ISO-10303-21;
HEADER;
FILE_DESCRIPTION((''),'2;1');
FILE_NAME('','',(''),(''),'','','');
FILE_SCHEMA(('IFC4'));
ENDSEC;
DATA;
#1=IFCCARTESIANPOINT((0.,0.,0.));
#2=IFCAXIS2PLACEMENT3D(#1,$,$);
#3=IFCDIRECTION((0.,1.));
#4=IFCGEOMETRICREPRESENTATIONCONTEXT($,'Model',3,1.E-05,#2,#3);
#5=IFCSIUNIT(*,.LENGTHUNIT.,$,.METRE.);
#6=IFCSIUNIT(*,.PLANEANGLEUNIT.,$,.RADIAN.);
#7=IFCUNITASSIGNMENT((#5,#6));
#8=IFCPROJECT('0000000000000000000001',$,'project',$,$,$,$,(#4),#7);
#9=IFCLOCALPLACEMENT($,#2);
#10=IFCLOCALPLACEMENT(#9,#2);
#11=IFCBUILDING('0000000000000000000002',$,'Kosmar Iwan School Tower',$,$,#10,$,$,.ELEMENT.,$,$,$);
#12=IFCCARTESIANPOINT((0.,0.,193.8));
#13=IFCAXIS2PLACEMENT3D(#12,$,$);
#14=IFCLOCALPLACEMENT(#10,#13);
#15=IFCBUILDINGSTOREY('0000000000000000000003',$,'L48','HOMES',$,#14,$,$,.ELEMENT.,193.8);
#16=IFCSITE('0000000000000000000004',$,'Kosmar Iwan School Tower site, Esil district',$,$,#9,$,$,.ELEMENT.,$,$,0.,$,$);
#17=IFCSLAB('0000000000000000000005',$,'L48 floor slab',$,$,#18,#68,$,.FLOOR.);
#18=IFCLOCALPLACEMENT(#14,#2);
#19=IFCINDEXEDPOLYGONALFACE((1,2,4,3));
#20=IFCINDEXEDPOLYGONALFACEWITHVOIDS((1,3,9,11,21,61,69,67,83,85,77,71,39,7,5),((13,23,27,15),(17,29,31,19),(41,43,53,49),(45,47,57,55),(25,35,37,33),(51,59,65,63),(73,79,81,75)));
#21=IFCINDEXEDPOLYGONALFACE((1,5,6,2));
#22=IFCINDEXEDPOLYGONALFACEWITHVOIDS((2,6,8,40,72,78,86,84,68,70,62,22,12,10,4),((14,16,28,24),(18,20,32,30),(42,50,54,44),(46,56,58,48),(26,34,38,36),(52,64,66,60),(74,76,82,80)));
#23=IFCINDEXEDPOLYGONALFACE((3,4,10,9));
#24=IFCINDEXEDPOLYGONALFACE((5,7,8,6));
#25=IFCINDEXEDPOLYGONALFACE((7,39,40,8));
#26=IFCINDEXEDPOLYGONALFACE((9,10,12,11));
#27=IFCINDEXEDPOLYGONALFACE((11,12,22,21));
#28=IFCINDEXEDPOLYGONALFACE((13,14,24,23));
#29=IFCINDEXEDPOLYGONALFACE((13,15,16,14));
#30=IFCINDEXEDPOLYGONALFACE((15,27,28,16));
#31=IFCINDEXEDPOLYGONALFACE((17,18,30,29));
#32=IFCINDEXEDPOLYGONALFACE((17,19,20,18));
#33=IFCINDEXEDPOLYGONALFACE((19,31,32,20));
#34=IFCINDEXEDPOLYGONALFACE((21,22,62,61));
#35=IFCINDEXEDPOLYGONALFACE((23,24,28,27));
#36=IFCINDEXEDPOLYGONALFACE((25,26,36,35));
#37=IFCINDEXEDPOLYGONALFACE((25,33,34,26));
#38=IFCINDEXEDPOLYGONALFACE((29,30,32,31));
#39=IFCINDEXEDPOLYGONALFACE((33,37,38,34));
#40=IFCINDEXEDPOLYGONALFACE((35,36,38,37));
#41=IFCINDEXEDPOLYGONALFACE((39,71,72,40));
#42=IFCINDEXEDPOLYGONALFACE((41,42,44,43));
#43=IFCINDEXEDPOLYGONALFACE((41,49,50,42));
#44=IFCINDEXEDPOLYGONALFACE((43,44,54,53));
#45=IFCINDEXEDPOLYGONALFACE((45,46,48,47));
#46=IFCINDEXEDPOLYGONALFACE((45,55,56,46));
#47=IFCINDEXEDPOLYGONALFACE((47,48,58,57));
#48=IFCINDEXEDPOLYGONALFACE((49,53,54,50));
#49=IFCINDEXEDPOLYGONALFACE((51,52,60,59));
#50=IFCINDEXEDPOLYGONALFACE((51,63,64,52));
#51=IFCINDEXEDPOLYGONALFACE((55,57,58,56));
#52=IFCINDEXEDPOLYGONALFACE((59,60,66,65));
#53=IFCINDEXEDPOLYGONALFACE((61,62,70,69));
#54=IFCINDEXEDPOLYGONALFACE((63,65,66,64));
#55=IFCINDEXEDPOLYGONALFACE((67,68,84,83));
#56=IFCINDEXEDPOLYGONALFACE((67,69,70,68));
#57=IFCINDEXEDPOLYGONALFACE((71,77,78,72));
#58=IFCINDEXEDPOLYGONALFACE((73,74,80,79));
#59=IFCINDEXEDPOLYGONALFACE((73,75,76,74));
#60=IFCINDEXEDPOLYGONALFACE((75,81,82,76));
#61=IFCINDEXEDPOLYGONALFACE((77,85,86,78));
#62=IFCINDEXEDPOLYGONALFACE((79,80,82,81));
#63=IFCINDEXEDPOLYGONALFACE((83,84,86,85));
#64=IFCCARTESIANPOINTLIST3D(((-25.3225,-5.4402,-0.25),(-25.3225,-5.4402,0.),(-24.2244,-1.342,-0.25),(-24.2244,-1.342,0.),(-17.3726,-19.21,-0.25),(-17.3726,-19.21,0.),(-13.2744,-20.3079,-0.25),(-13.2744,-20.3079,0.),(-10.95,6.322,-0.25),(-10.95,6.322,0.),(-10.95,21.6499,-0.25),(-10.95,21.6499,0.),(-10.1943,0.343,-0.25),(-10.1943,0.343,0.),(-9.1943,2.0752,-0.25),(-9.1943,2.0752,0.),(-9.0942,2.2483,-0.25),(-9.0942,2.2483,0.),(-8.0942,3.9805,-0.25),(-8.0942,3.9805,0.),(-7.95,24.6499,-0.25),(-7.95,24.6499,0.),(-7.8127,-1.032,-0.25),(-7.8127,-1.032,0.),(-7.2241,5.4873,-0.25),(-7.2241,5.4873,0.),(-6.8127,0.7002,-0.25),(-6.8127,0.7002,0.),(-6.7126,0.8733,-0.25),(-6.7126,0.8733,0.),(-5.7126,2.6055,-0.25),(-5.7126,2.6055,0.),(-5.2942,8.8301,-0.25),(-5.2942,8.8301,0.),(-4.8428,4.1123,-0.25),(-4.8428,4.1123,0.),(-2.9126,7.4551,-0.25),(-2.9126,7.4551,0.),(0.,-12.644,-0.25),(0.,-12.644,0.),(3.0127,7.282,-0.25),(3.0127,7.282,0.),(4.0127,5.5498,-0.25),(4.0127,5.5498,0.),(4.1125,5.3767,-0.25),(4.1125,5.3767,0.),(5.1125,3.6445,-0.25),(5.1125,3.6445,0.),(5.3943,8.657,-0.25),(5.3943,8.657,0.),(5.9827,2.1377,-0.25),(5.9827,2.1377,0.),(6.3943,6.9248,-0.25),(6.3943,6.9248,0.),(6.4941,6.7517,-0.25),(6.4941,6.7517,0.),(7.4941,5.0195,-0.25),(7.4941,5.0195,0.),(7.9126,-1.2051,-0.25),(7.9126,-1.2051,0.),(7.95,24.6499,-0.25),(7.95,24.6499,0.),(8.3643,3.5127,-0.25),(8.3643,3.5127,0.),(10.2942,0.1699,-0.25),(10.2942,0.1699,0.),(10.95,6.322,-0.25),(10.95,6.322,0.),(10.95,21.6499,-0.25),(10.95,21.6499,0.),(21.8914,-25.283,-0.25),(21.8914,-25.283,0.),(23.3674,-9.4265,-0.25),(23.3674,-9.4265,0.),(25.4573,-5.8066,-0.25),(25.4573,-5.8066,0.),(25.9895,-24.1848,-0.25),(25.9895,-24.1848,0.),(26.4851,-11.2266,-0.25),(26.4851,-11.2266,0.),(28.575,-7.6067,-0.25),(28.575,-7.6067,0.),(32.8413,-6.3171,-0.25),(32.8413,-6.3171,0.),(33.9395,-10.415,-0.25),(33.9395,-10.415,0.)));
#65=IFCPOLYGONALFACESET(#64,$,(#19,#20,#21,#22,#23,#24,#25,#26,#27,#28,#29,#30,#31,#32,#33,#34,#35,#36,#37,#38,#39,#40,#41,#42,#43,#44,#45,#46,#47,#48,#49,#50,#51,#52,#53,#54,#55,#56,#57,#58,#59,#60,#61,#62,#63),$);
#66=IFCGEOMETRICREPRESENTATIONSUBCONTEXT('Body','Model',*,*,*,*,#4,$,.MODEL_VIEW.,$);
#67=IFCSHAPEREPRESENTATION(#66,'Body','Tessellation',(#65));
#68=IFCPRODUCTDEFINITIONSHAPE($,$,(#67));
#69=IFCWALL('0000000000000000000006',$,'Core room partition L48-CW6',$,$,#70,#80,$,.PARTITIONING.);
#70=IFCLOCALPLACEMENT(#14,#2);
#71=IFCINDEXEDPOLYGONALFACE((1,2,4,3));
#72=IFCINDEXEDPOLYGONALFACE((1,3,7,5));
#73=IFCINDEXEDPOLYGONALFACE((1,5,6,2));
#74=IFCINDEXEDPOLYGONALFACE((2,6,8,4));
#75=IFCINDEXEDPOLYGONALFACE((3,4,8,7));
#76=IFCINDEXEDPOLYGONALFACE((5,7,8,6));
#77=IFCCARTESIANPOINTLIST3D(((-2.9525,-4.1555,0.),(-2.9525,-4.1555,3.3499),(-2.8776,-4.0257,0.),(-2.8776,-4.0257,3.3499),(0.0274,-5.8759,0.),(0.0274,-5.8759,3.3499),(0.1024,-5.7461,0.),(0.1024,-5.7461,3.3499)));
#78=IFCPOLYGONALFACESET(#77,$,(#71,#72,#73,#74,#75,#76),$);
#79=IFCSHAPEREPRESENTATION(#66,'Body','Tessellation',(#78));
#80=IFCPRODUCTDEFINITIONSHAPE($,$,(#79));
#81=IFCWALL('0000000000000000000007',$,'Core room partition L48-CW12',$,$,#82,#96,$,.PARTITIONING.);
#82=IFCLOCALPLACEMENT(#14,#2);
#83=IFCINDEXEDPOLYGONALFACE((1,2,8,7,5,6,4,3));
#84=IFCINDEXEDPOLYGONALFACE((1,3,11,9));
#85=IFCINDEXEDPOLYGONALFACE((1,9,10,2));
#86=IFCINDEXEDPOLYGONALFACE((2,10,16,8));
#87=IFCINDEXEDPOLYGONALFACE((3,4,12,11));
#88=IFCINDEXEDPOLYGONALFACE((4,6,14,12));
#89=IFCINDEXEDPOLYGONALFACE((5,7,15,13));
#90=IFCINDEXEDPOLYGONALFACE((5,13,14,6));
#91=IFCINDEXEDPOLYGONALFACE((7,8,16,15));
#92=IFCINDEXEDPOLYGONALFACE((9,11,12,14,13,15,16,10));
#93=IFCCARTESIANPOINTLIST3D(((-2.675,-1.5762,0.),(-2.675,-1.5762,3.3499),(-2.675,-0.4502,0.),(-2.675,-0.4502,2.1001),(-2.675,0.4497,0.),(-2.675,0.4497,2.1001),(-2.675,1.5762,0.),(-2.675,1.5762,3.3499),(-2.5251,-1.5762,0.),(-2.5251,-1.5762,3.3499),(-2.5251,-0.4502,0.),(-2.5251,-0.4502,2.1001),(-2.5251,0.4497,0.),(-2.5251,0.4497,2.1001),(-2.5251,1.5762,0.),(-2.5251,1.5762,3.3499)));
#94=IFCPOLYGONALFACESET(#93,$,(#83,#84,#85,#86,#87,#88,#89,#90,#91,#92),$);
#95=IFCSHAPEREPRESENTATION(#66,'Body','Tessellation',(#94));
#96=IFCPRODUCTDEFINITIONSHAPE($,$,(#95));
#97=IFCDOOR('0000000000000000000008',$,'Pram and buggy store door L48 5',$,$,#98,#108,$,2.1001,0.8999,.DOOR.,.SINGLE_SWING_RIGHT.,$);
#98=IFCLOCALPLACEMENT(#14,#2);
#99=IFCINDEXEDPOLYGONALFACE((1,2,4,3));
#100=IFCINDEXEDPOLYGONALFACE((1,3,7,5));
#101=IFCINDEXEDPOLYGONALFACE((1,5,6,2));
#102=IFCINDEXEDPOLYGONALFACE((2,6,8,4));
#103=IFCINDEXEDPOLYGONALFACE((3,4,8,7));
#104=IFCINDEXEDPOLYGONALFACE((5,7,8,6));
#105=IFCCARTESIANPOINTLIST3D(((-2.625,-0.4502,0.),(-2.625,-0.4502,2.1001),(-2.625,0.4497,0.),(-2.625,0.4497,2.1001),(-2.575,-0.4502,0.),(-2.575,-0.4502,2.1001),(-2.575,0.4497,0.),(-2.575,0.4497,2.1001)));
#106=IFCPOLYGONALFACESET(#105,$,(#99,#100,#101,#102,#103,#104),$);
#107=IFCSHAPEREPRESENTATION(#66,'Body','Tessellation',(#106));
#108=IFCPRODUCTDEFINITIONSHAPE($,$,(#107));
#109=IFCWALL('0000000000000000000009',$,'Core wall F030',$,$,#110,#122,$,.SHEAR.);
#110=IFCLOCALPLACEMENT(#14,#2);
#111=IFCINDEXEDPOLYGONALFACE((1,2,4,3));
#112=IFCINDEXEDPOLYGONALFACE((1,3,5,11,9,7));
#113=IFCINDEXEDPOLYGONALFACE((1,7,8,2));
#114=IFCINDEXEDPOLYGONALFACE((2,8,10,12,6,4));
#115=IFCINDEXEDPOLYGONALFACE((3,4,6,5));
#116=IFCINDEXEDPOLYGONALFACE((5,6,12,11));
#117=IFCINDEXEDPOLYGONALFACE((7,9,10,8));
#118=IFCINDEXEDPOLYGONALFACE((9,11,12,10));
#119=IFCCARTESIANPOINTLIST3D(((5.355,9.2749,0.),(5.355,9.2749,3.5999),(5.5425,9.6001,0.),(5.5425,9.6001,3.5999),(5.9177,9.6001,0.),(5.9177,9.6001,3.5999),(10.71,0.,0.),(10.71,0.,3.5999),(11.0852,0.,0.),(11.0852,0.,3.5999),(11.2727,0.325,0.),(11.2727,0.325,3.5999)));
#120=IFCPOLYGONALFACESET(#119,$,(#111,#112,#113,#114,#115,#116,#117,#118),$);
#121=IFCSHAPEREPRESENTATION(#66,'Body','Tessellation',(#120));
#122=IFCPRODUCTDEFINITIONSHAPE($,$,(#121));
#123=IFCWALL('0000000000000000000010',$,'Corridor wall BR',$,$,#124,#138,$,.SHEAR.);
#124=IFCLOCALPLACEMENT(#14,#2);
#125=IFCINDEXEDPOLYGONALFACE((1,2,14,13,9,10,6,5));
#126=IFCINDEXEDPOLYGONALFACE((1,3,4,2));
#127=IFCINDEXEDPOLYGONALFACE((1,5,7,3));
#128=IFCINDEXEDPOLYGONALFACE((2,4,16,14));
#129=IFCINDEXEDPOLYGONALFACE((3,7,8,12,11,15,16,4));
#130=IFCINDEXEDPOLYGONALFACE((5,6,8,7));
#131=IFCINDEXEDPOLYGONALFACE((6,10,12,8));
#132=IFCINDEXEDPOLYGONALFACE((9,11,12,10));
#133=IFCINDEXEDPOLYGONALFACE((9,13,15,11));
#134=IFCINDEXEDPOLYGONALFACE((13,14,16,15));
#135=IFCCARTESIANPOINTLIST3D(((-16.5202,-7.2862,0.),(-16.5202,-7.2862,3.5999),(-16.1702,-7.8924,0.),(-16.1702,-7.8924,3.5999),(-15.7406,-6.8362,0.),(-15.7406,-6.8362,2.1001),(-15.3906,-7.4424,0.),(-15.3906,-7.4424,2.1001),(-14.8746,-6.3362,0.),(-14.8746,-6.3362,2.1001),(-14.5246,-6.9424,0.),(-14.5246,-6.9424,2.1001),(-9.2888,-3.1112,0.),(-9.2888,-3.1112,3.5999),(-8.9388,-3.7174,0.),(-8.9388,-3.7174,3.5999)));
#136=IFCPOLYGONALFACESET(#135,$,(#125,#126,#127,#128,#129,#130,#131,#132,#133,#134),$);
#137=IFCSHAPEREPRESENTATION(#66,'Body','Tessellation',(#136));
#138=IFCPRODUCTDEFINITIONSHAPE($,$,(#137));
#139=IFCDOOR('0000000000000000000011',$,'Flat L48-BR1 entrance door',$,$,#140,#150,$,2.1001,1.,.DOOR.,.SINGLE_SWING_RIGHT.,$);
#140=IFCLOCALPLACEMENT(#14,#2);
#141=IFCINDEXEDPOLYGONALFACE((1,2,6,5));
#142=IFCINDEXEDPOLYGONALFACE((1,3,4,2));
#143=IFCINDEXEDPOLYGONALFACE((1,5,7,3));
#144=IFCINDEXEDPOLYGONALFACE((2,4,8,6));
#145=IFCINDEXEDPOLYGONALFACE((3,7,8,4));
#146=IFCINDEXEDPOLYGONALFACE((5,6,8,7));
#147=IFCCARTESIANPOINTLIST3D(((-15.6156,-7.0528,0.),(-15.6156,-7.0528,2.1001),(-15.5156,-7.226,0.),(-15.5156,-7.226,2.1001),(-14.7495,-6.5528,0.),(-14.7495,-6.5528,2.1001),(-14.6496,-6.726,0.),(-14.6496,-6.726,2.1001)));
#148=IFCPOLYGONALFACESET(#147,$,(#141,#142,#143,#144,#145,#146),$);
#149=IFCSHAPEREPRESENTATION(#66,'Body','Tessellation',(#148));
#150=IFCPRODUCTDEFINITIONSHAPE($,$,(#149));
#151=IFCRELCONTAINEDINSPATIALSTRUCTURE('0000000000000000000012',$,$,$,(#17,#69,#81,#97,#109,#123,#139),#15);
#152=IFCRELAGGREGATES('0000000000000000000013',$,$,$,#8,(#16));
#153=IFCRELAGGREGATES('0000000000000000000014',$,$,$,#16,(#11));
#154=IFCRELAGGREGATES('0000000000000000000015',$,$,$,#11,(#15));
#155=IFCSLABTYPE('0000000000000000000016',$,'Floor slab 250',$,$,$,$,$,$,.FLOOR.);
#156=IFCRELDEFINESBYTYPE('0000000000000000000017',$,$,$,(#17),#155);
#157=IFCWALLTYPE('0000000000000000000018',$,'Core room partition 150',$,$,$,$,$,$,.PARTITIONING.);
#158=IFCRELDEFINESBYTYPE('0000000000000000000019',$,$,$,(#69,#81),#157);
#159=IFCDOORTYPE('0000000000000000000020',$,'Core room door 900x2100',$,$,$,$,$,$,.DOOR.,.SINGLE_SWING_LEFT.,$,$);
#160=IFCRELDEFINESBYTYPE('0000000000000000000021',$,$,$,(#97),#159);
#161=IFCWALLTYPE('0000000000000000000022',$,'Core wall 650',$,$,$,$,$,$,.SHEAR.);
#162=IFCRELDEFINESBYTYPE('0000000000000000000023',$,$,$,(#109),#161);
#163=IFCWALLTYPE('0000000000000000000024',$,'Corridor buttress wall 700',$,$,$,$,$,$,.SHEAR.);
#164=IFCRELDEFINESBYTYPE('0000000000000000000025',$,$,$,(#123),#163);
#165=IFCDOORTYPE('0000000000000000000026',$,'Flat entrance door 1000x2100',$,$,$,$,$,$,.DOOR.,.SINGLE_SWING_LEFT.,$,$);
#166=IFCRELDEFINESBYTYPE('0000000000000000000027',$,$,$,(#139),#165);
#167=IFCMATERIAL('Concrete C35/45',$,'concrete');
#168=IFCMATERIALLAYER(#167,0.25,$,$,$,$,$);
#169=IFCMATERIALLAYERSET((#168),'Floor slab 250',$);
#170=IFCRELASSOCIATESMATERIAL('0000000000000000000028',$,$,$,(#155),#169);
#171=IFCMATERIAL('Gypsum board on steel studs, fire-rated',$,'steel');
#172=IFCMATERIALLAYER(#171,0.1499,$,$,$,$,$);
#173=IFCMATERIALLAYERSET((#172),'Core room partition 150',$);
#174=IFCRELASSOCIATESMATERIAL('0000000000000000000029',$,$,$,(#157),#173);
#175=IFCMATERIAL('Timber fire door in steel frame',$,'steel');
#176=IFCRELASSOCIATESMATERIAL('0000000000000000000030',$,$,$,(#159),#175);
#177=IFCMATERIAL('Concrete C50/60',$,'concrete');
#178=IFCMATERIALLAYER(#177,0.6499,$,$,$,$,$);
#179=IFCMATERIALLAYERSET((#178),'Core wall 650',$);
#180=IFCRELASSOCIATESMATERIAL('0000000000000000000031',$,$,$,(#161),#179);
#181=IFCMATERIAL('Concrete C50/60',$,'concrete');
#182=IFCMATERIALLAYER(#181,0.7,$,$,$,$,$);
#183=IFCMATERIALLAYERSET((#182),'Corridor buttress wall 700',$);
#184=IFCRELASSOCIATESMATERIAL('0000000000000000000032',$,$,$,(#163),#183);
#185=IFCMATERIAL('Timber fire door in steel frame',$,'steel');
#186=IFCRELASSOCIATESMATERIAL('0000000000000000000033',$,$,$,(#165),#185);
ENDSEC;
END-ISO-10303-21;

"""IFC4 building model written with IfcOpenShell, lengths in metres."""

from ifc_helpers import new_model, si_unit, direction, frame, frame_2d, origin, place, context, subcontext, project, spatial, polyline, rectangle, outline, extrude, material, layer, layer_set, type_object, element, fill, save


model = new_model("IFC4")

# Units and contexts
model_context = context("Model", 3, precision=1e-05, world=origin(), true_north=direction((0.0, 1.0)))
body_context = subcontext(model_context, "Body", "Model", "MODEL_VIEW")
ifc_project = project(units=[si_unit("LENGTHUNIT", "METRE"), si_unit("PLANEANGLEUNIT", "RADIAN")], contexts=[model_context])

# Site, building, storey
site_placement = place(None, origin())
site = spatial("IfcSite", under=ifc_project, at=site_placement, Name="Kosmar Iwan School Tower site, Esil district", CompositionType="ELEMENT", RefElevation=0.0)
building_placement = place(site_placement, origin())
building = spatial("IfcBuilding", under=site, at=building_placement, Name="Kosmar Iwan School Tower", CompositionType="ELEMENT")
storey_placement = place(building_placement, frame((0.0, 0.0, 193.8)))
storey = spatial("IfcBuildingStorey", under=building, at=storey_placement, Name="L48", Description="HOMES", CompositionType="ELEMENT", Elevation=193.8)

# Slab
ifc_material_1 = material(Name="Concrete C35/45", Category="concrete")
ifc_layer_1 = layer(ifc_material_1, 0.25)
ifc_layer_set_1 = layer_set([ifc_layer_1], Name="Floor slab 250")
slab_type = type_object("IfcSlabType", Name="Floor slab 250", PredefinedType="FLOOR", material=ifc_layer_set_1)
slab_placement = place(storey_placement, frame((0.0, 0.0, -0.25)))
element("IfcSlab", 1, at=slab_placement, inside=storey, type_object=slab_type, Name="L48 floor slab", PredefinedType="FLOOR", context=body_context, shape_type="SweptSolid", body=[
    extrude(outline(polyline([(21.8914, -25.283), (25.9895, -24.1848), (33.9395, -10.415), (32.8413, -6.3171), (10.95, 6.322), (10.95, 21.6499), (7.95, 24.6499), (-7.95, 24.6499), (-10.95, 21.6499), (-10.95, 6.322), (-24.2244, -1.342), (-25.3225, -5.4402), (-17.3726, -19.21), (-13.2744, -20.3079), (0.0, -12.644), (21.8914, -25.283)]), holes=[polyline([(7.9126, -1.2051), (10.2942, 0.1699), (8.3643, 3.5127), (5.9827, 2.1377), (7.9126, -1.2051)]), polyline([(-2.9126, 7.4551), (-5.2942, 8.8301), (-7.2241, 5.4873), (-4.8428, 4.1123), (-2.9126, 7.4551)]), polyline([(-5.7126, 2.6055), (-8.0942, 3.9805), (-9.0942, 2.2483), (-6.7126, 0.8733), (-5.7126, 2.6055)]), polyline([(-6.8127, 0.7002), (-9.1943, 2.0752), (-10.1943, 0.343), (-7.8127, -1.032), (-6.8127, 0.7002)]), polyline([(5.1125, 3.6445), (7.4941, 5.0195), (6.4941, 6.7517), (4.1125, 5.3767), (5.1125, 3.6445)]), polyline([(4.0127, 5.5498), (6.3943, 6.9248), (5.3943, 8.657), (3.0127, 7.282), (4.0127, 5.5498)]), polyline([(23.3674, -9.4265), (26.4851, -11.2266), (28.575, -7.6067), (25.4573, -5.8066), (23.3674, -9.4265)])]), origin(), (0.0, 0.0, 1.0), 0.25),
])

# Wall
ifc_material_2 = material(Name="Gypsum board on steel studs, fire-rated", Category="steel")
ifc_layer_2 = layer(ifc_material_2, 0.1499)
ifc_layer_set_2 = layer_set([ifc_layer_2], Name="Core room partition 150")
wall_type_1 = type_object("IfcWallType", Name="Core room partition 150", PredefinedType="PARTITIONING", material=ifc_layer_set_2)
wall_1_placement = place(storey_placement, frame((-2.915, -4.0906, 0.0), z_axis=(0.0, 0.0, 1.0), x_axis=(0.86603, -0.499993, 0.0)))
element("IfcWall", 2, at=wall_1_placement, inside=storey, type_object=wall_type_1, Name="Core room partition L48-CW6", PredefinedType="PARTITIONING", context=body_context, shape_type="SweptSolid", body=[
    extrude(rectangle(XDim=3.4409, YDim=0.1499, at=frame_2d((1.7205, 0.0))), origin(), (0.0, 0.0, 1.0), 3.3499),
])

# Wall, opening, door
wall_2_placement = place(storey_placement, frame((-2.6001, -1.5762, 0.0), z_axis=(0.0, 0.0, 1.0), x_axis=(0.0, 1.0, 0.0)))
wall_2 = element("IfcWall", 3, at=wall_2_placement, inside=storey, type_object=wall_type_1, Name="Core room partition L48-CW12", PredefinedType="PARTITIONING", context=body_context, shape_type="SweptSolid", body=[
    extrude(rectangle(XDim=3.1523, YDim=0.1499, at=frame_2d((1.5762, 0.0))), origin(), (0.0, 0.0, 1.0), 3.3499),
])
opening_1_placement = place(wall_2_placement, frame((1.126, 0.0, 0.0)))
opening_1 = element("IfcOpeningElement", 4, at=opening_1_placement, cuts=wall_2, PredefinedType="OPENING", context=body_context, shape_type="SweptSolid", body=[
    extrude(rectangle(XDim=0.8999, YDim=2.1001, at=frame_2d((0.45, 1.05))), frame((0.0, 0.0869, 0.0), z_axis=(0.0, -1.0, 0.0), x_axis=(1.0, 0.0, 0.0)), (0.0, 0.0, 1.0), 0.1738),
])
ifc_material_3 = material(Name="Timber fire door in steel frame", Category="steel")
door_type_1 = type_object("IfcDoorType", Name="Core room door 900x2100", OperationType="SINGLE_SWING_LEFT", PredefinedType="DOOR", material=ifc_material_3)
door_1_placement = place(opening_1_placement, origin())
door_1 = element("IfcDoor", 5, at=door_1_placement, inside=storey, type_object=door_type_1, Name="Pram and buggy store door L48 5", OperationType="SINGLE_SWING_RIGHT", OverallHeight=2.1001, OverallWidth=0.8999, PredefinedType="DOOR", context=body_context, shape_type="SweptSolid", body=[
    extrude(rectangle(XDim=0.8999, YDim=2.1001, at=frame_2d((0.45, 1.05))), frame((0.0, 0.0249, 0.0), z_axis=(0.0, -1.0, 0.0), x_axis=(1.0, 0.0, 0.0)), (0.0, 0.0, 1.0), 0.05),
])
fill(opening_1, door_1)

# Wall
ifc_material_4 = material(Name="Concrete C50/60", Category="concrete")
ifc_layer_3 = layer(ifc_material_4, 0.6499)
ifc_layer_set_3 = layer_set([ifc_layer_3], Name="Core wall 650")
wall_type_2 = type_object("IfcWallType", Name="Core wall 650", PredefinedType="SHEAR", material=ifc_layer_set_3)
wall_3_placement = place(storey_placement, origin())
element("IfcWall", 6, at=wall_3_placement, inside=storey, type_object=wall_type_2, Name="Core wall F030", PredefinedType="SHEAR", context=body_context, shape_type="SweptSolid", body=[
    extrude(outline(polyline([(10.71, 0.0), (11.0852, 0.0), (11.2727, 0.325), (5.9177, 9.6001), (5.5425, 9.6001), (5.355, 9.2749), (10.71, 0.0)])), origin(), (0.0, 0.0, 1.0), 3.5999),
])

# Wall, opening, door
ifc_material_5 = material(Name="Concrete C50/60", Category="concrete")
ifc_layer_4 = layer(ifc_material_5, 0.7)
ifc_layer_set_4 = layer_set([ifc_layer_4], Name="Corridor buttress wall 700")
wall_type_3 = type_object("IfcWallType", Name="Corridor buttress wall 700", PredefinedType="SHEAR", material=ifc_layer_set_4)
wall_4_placement = place(storey_placement, frame((-9.1138, -3.4143, 0.0), z_axis=(0.0, 0.0, 1.0), x_axis=(-0.866027, -0.499997, 0.0)))
wall_4 = element("IfcWall", 7, at=wall_4_placement, inside=storey, type_object=wall_type_3, Name="Corridor wall BR", PredefinedType="SHEAR", context=body_context, shape_type="SweptSolid", body=[
    extrude(rectangle(XDim=8.3501, YDim=0.7, at=frame_2d((4.175, 0.0))), origin(), (0.0, 0.0, 1.0), 3.5999),
])
opening_2_placement = place(wall_4_placement, frame((6.45, 0.0, 0.0)))
opening_2 = element("IfcOpeningElement", 8, at=opening_2_placement, cuts=wall_4, PredefinedType="OPENING", context=body_context, shape_type="SweptSolid", body=[
    extrude(rectangle(XDim=1.0, YDim=2.1001, at=frame_2d((0.5, 1.05))), frame((0.0, 0.3621, 0.0), z_axis=(0.0, -1.0, 0.0), x_axis=(1.0, 0.0, 0.0)), (0.0, 0.0, 1.0), 0.7239),
])
ifc_material_6 = material(Name="Timber fire door in steel frame", Category="steel")
door_type_2 = type_object("IfcDoorType", Name="Flat entrance door 1000x2100", OperationType="SINGLE_SWING_LEFT", PredefinedType="DOOR", material=ifc_material_6)
door_2_placement = place(opening_2_placement, origin())
door_2 = element("IfcDoor", 9, at=door_2_placement, inside=storey, type_object=door_type_2, Name="Flat L48-BR1 entrance door", OperationType="SINGLE_SWING_RIGHT", OverallHeight=2.1001, OverallWidth=1.0, PredefinedType="DOOR", context=body_context, shape_type="SweptSolid", body=[
    extrude(rectangle(XDim=1.0, YDim=2.1001, at=frame_2d((0.5, 1.05))), frame((0.0, 0.1001, 0.0), z_axis=(0.0, -1.0, 0.0), x_axis=(1.0, 0.0, 0.0)), (0.0, 0.0, 1.0), 0.2),
])
fill(opening_2, door_2)

save(model, "model.ifc")
